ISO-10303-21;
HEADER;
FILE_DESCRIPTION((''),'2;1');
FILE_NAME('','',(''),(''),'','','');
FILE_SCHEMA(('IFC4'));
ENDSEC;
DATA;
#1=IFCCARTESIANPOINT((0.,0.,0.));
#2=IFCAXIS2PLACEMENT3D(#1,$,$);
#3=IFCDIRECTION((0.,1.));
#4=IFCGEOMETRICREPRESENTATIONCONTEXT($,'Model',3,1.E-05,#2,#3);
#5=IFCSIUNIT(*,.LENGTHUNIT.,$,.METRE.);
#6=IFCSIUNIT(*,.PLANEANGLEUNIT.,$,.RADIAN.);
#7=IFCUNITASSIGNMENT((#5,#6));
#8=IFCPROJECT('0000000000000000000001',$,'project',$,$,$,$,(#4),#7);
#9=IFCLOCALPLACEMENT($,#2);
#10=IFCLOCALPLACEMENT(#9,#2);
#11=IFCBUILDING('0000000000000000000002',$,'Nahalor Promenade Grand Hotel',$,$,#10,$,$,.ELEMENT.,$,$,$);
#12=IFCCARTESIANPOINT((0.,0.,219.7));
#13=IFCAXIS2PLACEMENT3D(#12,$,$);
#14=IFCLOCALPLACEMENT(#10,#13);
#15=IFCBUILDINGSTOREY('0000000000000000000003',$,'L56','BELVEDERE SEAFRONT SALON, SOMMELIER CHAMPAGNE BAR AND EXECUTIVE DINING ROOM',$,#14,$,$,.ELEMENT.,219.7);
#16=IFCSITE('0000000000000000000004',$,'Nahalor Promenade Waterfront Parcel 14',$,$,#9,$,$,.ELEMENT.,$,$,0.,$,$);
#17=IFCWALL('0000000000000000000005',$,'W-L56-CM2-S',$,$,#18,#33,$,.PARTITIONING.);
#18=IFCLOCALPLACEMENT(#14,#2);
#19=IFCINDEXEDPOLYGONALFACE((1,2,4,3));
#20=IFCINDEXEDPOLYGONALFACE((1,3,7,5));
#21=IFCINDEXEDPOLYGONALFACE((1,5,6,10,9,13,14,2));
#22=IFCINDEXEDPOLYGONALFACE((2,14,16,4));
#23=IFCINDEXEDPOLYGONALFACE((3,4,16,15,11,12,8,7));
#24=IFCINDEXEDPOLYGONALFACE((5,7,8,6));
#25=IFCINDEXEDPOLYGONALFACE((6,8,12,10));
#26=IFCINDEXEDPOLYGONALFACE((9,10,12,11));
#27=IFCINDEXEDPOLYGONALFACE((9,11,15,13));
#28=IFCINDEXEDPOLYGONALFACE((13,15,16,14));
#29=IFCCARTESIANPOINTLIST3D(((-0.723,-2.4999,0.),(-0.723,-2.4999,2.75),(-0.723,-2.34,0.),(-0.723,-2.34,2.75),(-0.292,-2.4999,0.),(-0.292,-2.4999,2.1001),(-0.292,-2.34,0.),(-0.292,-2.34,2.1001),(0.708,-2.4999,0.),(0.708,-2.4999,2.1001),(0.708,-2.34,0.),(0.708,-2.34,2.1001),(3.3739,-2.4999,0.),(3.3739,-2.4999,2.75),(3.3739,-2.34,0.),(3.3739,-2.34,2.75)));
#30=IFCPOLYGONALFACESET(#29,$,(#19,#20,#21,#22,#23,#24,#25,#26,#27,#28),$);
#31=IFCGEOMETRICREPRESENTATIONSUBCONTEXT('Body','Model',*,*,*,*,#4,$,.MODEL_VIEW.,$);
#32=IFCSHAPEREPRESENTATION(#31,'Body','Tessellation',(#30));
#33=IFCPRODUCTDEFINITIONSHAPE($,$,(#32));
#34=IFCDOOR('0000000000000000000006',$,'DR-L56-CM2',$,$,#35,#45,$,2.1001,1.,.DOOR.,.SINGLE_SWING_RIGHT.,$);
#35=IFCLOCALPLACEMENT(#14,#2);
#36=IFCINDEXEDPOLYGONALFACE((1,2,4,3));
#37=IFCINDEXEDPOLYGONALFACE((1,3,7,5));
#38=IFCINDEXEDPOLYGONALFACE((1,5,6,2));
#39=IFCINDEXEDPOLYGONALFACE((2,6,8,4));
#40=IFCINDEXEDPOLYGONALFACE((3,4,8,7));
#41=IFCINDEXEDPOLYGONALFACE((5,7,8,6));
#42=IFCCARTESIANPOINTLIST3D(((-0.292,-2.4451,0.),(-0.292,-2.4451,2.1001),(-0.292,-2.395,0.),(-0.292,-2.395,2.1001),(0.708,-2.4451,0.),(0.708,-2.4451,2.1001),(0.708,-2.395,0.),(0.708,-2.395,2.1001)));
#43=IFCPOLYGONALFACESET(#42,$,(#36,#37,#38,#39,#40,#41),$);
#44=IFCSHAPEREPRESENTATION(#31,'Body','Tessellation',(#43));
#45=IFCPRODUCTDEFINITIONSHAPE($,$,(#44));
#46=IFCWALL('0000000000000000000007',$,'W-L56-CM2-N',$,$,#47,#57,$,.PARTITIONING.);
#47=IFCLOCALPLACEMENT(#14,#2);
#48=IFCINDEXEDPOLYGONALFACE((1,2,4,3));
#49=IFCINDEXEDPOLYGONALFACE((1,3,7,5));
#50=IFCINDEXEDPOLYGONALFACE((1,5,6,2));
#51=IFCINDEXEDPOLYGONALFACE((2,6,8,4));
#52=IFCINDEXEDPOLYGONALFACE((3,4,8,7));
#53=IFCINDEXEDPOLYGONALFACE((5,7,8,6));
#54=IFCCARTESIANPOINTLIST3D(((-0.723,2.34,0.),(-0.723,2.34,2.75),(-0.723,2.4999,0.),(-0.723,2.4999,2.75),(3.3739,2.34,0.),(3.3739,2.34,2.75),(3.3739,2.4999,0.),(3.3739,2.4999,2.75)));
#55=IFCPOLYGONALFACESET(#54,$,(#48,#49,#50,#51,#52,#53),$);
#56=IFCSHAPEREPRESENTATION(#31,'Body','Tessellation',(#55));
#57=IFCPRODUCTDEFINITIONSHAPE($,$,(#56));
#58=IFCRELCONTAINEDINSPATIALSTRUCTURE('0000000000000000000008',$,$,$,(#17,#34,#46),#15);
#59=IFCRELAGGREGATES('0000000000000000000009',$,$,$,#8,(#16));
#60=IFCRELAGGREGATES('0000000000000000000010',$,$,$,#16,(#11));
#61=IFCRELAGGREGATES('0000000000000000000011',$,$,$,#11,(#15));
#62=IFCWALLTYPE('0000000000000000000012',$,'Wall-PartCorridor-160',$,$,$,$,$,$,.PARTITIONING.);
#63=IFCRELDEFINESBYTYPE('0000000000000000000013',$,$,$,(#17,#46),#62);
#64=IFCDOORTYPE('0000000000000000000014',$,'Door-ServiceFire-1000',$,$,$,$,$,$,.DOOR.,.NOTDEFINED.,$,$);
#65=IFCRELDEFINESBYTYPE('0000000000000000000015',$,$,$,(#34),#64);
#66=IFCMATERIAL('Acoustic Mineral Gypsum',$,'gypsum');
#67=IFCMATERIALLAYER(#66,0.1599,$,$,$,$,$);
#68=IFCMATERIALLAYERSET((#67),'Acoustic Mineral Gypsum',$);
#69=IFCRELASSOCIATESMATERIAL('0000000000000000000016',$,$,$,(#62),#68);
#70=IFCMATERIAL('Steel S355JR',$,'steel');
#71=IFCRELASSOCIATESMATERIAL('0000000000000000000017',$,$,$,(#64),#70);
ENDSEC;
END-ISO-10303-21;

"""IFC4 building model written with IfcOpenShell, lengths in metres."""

from ifc_helpers import new_model, si_unit, direction, frame, frame_2d, origin, place, context, subcontext, project, spatial, rectangle, extrude, source, transform, mapped, material, layer, layer_set, type_object, element, fill, save


model = new_model("IFC4")

# Units and contexts
model_context = context("Model", 3, precision=1e-05, world=origin(), true_north=direction((0.0, 1.0)))
body_context = subcontext(model_context, "Body", "Model", "MODEL_VIEW")
ifc_project = project(units=[si_unit("LENGTHUNIT", "METRE"), si_unit("PLANEANGLEUNIT", "RADIAN")], contexts=[model_context])

# Site, building, storey
site_placement = place(None, origin())
site = spatial("IfcSite", under=ifc_project, at=site_placement, Name="Nahalor Promenade Waterfront Parcel 14", CompositionType="ELEMENT", RefElevation=0.0)
building_placement = place(site_placement, origin())
building = spatial("IfcBuilding", under=site, at=building_placement, Name="Nahalor Promenade Grand Hotel", CompositionType="ELEMENT")
storey_placement = place(building_placement, frame((0.0, 0.0, 219.7)))
storey = spatial("IfcBuildingStorey", under=building, at=storey_placement, Name="L56", Description="BELVEDERE SEAFRONT SALON, SOMMELIER CHAMPAGNE BAR AND EXECUTIVE DINING ROOM", CompositionType="ELEMENT", Elevation=219.7)

# Shared definitions
ifc_material_1 = material(Name="Steel S355JR", Category="steel")

# Shared definitions
ifc_material_2 = material(Name="Acoustic Mineral Gypsum", Category="gypsum")
ifc_layer_1 = layer(ifc_material_2, 0.1599)
ifc_layer_set_1 = layer_set([ifc_layer_1], Name="Acoustic Mineral Gypsum")
wall_type_1 = type_object("IfcWallType", Name="Wall-PartCorridor-160", PredefinedType="PARTITIONING", material=ifc_layer_set_1)

# Wall, opening, door
door_type_1 = type_object("IfcDoorType", Name="Door-ServiceFire-1000", OperationType="NOTDEFINED", PredefinedType="DOOR", material=ifc_material_1)
shared_shape_1 = source(origin(), body_context, "Body", "SweptSolid", [
    extrude(rectangle(XDim=1.0, YDim=2.1001, at=frame_2d((0.5, 1.05))), frame((0.0, 0.0249, 0.0), z_axis=(0.0, -1.0, 0.0), x_axis=(1.0, 0.0, 0.0)), (0.0, 0.0, 1.0), 0.05),
])
shared_shape_2 = source(origin(), body_context, "Body", "SweptSolid", [
    extrude(rectangle(XDim=4.0969, YDim=0.1599, at=frame_2d((2.0483, 0.0))), origin(), (0.0, 0.0, 1.0), 2.75),
])
wall_1_placement = place(storey_placement, frame((-0.7229, -2.4199, 0.0), z_axis=(0.0, 0.0, 1.0), x_axis=(1.0, 0.0, 0.0)))
wall_1 = element("IfcWall", 1, at=wall_1_placement, inside=storey, type_object=wall_type_1, Name="W-L56-CM2-S", PredefinedType="PARTITIONING", context=body_context, shape_type="MappedRepresentation", body=[
    mapped(shared_shape_2, transform((0.0, 0.0, 0.0), scale=1.0)),
])
opening_1_placement = place(wall_1_placement, frame((0.4309, 0.0, 0.0)))
opening_1 = element("IfcOpeningElement", 2, at=opening_1_placement, cuts=wall_1, PredefinedType="OPENING", context=body_context, shape_type="SweptSolid", body=[
    extrude(rectangle(XDim=1.0, YDim=2.1001, at=frame_2d((0.5, 1.05))), frame((0.0, 0.0898, 0.0), z_axis=(0.0, -1.0, 0.0), x_axis=(1.0, 0.0, 0.0)), (0.0, 0.0, 1.0), 0.1799),
])
door_1_placement = place(opening_1_placement, origin())
door_1 = element("IfcDoor", 3, at=door_1_placement, inside=storey, type_object=door_type_1, Name="DR-L56-CM2", OperationType="SINGLE_SWING_RIGHT", OverallHeight=2.1001, OverallWidth=1.0, PredefinedType="DOOR", context=body_context, shape_type="MappedRepresentation", body=[
    mapped(shared_shape_1, transform((0.0, 0.0, 0.0), scale=1.0)),
])
fill(opening_1, door_1)

# Wall
wall_2_placement = place(storey_placement, frame((-0.7229, 2.4199, 0.0), z_axis=(0.0, 0.0, 1.0), x_axis=(1.0, 0.0, 0.0)))
element("IfcWall", 4, at=wall_2_placement, inside=storey, type_object=wall_type_1, Name="W-L56-CM2-N", PredefinedType="PARTITIONING", context=body_context, shape_type="MappedRepresentation", body=[
    mapped(shared_shape_2, transform((0.0, 0.0, 0.0), scale=1.0)),
])

save(model, "model.ifc")
